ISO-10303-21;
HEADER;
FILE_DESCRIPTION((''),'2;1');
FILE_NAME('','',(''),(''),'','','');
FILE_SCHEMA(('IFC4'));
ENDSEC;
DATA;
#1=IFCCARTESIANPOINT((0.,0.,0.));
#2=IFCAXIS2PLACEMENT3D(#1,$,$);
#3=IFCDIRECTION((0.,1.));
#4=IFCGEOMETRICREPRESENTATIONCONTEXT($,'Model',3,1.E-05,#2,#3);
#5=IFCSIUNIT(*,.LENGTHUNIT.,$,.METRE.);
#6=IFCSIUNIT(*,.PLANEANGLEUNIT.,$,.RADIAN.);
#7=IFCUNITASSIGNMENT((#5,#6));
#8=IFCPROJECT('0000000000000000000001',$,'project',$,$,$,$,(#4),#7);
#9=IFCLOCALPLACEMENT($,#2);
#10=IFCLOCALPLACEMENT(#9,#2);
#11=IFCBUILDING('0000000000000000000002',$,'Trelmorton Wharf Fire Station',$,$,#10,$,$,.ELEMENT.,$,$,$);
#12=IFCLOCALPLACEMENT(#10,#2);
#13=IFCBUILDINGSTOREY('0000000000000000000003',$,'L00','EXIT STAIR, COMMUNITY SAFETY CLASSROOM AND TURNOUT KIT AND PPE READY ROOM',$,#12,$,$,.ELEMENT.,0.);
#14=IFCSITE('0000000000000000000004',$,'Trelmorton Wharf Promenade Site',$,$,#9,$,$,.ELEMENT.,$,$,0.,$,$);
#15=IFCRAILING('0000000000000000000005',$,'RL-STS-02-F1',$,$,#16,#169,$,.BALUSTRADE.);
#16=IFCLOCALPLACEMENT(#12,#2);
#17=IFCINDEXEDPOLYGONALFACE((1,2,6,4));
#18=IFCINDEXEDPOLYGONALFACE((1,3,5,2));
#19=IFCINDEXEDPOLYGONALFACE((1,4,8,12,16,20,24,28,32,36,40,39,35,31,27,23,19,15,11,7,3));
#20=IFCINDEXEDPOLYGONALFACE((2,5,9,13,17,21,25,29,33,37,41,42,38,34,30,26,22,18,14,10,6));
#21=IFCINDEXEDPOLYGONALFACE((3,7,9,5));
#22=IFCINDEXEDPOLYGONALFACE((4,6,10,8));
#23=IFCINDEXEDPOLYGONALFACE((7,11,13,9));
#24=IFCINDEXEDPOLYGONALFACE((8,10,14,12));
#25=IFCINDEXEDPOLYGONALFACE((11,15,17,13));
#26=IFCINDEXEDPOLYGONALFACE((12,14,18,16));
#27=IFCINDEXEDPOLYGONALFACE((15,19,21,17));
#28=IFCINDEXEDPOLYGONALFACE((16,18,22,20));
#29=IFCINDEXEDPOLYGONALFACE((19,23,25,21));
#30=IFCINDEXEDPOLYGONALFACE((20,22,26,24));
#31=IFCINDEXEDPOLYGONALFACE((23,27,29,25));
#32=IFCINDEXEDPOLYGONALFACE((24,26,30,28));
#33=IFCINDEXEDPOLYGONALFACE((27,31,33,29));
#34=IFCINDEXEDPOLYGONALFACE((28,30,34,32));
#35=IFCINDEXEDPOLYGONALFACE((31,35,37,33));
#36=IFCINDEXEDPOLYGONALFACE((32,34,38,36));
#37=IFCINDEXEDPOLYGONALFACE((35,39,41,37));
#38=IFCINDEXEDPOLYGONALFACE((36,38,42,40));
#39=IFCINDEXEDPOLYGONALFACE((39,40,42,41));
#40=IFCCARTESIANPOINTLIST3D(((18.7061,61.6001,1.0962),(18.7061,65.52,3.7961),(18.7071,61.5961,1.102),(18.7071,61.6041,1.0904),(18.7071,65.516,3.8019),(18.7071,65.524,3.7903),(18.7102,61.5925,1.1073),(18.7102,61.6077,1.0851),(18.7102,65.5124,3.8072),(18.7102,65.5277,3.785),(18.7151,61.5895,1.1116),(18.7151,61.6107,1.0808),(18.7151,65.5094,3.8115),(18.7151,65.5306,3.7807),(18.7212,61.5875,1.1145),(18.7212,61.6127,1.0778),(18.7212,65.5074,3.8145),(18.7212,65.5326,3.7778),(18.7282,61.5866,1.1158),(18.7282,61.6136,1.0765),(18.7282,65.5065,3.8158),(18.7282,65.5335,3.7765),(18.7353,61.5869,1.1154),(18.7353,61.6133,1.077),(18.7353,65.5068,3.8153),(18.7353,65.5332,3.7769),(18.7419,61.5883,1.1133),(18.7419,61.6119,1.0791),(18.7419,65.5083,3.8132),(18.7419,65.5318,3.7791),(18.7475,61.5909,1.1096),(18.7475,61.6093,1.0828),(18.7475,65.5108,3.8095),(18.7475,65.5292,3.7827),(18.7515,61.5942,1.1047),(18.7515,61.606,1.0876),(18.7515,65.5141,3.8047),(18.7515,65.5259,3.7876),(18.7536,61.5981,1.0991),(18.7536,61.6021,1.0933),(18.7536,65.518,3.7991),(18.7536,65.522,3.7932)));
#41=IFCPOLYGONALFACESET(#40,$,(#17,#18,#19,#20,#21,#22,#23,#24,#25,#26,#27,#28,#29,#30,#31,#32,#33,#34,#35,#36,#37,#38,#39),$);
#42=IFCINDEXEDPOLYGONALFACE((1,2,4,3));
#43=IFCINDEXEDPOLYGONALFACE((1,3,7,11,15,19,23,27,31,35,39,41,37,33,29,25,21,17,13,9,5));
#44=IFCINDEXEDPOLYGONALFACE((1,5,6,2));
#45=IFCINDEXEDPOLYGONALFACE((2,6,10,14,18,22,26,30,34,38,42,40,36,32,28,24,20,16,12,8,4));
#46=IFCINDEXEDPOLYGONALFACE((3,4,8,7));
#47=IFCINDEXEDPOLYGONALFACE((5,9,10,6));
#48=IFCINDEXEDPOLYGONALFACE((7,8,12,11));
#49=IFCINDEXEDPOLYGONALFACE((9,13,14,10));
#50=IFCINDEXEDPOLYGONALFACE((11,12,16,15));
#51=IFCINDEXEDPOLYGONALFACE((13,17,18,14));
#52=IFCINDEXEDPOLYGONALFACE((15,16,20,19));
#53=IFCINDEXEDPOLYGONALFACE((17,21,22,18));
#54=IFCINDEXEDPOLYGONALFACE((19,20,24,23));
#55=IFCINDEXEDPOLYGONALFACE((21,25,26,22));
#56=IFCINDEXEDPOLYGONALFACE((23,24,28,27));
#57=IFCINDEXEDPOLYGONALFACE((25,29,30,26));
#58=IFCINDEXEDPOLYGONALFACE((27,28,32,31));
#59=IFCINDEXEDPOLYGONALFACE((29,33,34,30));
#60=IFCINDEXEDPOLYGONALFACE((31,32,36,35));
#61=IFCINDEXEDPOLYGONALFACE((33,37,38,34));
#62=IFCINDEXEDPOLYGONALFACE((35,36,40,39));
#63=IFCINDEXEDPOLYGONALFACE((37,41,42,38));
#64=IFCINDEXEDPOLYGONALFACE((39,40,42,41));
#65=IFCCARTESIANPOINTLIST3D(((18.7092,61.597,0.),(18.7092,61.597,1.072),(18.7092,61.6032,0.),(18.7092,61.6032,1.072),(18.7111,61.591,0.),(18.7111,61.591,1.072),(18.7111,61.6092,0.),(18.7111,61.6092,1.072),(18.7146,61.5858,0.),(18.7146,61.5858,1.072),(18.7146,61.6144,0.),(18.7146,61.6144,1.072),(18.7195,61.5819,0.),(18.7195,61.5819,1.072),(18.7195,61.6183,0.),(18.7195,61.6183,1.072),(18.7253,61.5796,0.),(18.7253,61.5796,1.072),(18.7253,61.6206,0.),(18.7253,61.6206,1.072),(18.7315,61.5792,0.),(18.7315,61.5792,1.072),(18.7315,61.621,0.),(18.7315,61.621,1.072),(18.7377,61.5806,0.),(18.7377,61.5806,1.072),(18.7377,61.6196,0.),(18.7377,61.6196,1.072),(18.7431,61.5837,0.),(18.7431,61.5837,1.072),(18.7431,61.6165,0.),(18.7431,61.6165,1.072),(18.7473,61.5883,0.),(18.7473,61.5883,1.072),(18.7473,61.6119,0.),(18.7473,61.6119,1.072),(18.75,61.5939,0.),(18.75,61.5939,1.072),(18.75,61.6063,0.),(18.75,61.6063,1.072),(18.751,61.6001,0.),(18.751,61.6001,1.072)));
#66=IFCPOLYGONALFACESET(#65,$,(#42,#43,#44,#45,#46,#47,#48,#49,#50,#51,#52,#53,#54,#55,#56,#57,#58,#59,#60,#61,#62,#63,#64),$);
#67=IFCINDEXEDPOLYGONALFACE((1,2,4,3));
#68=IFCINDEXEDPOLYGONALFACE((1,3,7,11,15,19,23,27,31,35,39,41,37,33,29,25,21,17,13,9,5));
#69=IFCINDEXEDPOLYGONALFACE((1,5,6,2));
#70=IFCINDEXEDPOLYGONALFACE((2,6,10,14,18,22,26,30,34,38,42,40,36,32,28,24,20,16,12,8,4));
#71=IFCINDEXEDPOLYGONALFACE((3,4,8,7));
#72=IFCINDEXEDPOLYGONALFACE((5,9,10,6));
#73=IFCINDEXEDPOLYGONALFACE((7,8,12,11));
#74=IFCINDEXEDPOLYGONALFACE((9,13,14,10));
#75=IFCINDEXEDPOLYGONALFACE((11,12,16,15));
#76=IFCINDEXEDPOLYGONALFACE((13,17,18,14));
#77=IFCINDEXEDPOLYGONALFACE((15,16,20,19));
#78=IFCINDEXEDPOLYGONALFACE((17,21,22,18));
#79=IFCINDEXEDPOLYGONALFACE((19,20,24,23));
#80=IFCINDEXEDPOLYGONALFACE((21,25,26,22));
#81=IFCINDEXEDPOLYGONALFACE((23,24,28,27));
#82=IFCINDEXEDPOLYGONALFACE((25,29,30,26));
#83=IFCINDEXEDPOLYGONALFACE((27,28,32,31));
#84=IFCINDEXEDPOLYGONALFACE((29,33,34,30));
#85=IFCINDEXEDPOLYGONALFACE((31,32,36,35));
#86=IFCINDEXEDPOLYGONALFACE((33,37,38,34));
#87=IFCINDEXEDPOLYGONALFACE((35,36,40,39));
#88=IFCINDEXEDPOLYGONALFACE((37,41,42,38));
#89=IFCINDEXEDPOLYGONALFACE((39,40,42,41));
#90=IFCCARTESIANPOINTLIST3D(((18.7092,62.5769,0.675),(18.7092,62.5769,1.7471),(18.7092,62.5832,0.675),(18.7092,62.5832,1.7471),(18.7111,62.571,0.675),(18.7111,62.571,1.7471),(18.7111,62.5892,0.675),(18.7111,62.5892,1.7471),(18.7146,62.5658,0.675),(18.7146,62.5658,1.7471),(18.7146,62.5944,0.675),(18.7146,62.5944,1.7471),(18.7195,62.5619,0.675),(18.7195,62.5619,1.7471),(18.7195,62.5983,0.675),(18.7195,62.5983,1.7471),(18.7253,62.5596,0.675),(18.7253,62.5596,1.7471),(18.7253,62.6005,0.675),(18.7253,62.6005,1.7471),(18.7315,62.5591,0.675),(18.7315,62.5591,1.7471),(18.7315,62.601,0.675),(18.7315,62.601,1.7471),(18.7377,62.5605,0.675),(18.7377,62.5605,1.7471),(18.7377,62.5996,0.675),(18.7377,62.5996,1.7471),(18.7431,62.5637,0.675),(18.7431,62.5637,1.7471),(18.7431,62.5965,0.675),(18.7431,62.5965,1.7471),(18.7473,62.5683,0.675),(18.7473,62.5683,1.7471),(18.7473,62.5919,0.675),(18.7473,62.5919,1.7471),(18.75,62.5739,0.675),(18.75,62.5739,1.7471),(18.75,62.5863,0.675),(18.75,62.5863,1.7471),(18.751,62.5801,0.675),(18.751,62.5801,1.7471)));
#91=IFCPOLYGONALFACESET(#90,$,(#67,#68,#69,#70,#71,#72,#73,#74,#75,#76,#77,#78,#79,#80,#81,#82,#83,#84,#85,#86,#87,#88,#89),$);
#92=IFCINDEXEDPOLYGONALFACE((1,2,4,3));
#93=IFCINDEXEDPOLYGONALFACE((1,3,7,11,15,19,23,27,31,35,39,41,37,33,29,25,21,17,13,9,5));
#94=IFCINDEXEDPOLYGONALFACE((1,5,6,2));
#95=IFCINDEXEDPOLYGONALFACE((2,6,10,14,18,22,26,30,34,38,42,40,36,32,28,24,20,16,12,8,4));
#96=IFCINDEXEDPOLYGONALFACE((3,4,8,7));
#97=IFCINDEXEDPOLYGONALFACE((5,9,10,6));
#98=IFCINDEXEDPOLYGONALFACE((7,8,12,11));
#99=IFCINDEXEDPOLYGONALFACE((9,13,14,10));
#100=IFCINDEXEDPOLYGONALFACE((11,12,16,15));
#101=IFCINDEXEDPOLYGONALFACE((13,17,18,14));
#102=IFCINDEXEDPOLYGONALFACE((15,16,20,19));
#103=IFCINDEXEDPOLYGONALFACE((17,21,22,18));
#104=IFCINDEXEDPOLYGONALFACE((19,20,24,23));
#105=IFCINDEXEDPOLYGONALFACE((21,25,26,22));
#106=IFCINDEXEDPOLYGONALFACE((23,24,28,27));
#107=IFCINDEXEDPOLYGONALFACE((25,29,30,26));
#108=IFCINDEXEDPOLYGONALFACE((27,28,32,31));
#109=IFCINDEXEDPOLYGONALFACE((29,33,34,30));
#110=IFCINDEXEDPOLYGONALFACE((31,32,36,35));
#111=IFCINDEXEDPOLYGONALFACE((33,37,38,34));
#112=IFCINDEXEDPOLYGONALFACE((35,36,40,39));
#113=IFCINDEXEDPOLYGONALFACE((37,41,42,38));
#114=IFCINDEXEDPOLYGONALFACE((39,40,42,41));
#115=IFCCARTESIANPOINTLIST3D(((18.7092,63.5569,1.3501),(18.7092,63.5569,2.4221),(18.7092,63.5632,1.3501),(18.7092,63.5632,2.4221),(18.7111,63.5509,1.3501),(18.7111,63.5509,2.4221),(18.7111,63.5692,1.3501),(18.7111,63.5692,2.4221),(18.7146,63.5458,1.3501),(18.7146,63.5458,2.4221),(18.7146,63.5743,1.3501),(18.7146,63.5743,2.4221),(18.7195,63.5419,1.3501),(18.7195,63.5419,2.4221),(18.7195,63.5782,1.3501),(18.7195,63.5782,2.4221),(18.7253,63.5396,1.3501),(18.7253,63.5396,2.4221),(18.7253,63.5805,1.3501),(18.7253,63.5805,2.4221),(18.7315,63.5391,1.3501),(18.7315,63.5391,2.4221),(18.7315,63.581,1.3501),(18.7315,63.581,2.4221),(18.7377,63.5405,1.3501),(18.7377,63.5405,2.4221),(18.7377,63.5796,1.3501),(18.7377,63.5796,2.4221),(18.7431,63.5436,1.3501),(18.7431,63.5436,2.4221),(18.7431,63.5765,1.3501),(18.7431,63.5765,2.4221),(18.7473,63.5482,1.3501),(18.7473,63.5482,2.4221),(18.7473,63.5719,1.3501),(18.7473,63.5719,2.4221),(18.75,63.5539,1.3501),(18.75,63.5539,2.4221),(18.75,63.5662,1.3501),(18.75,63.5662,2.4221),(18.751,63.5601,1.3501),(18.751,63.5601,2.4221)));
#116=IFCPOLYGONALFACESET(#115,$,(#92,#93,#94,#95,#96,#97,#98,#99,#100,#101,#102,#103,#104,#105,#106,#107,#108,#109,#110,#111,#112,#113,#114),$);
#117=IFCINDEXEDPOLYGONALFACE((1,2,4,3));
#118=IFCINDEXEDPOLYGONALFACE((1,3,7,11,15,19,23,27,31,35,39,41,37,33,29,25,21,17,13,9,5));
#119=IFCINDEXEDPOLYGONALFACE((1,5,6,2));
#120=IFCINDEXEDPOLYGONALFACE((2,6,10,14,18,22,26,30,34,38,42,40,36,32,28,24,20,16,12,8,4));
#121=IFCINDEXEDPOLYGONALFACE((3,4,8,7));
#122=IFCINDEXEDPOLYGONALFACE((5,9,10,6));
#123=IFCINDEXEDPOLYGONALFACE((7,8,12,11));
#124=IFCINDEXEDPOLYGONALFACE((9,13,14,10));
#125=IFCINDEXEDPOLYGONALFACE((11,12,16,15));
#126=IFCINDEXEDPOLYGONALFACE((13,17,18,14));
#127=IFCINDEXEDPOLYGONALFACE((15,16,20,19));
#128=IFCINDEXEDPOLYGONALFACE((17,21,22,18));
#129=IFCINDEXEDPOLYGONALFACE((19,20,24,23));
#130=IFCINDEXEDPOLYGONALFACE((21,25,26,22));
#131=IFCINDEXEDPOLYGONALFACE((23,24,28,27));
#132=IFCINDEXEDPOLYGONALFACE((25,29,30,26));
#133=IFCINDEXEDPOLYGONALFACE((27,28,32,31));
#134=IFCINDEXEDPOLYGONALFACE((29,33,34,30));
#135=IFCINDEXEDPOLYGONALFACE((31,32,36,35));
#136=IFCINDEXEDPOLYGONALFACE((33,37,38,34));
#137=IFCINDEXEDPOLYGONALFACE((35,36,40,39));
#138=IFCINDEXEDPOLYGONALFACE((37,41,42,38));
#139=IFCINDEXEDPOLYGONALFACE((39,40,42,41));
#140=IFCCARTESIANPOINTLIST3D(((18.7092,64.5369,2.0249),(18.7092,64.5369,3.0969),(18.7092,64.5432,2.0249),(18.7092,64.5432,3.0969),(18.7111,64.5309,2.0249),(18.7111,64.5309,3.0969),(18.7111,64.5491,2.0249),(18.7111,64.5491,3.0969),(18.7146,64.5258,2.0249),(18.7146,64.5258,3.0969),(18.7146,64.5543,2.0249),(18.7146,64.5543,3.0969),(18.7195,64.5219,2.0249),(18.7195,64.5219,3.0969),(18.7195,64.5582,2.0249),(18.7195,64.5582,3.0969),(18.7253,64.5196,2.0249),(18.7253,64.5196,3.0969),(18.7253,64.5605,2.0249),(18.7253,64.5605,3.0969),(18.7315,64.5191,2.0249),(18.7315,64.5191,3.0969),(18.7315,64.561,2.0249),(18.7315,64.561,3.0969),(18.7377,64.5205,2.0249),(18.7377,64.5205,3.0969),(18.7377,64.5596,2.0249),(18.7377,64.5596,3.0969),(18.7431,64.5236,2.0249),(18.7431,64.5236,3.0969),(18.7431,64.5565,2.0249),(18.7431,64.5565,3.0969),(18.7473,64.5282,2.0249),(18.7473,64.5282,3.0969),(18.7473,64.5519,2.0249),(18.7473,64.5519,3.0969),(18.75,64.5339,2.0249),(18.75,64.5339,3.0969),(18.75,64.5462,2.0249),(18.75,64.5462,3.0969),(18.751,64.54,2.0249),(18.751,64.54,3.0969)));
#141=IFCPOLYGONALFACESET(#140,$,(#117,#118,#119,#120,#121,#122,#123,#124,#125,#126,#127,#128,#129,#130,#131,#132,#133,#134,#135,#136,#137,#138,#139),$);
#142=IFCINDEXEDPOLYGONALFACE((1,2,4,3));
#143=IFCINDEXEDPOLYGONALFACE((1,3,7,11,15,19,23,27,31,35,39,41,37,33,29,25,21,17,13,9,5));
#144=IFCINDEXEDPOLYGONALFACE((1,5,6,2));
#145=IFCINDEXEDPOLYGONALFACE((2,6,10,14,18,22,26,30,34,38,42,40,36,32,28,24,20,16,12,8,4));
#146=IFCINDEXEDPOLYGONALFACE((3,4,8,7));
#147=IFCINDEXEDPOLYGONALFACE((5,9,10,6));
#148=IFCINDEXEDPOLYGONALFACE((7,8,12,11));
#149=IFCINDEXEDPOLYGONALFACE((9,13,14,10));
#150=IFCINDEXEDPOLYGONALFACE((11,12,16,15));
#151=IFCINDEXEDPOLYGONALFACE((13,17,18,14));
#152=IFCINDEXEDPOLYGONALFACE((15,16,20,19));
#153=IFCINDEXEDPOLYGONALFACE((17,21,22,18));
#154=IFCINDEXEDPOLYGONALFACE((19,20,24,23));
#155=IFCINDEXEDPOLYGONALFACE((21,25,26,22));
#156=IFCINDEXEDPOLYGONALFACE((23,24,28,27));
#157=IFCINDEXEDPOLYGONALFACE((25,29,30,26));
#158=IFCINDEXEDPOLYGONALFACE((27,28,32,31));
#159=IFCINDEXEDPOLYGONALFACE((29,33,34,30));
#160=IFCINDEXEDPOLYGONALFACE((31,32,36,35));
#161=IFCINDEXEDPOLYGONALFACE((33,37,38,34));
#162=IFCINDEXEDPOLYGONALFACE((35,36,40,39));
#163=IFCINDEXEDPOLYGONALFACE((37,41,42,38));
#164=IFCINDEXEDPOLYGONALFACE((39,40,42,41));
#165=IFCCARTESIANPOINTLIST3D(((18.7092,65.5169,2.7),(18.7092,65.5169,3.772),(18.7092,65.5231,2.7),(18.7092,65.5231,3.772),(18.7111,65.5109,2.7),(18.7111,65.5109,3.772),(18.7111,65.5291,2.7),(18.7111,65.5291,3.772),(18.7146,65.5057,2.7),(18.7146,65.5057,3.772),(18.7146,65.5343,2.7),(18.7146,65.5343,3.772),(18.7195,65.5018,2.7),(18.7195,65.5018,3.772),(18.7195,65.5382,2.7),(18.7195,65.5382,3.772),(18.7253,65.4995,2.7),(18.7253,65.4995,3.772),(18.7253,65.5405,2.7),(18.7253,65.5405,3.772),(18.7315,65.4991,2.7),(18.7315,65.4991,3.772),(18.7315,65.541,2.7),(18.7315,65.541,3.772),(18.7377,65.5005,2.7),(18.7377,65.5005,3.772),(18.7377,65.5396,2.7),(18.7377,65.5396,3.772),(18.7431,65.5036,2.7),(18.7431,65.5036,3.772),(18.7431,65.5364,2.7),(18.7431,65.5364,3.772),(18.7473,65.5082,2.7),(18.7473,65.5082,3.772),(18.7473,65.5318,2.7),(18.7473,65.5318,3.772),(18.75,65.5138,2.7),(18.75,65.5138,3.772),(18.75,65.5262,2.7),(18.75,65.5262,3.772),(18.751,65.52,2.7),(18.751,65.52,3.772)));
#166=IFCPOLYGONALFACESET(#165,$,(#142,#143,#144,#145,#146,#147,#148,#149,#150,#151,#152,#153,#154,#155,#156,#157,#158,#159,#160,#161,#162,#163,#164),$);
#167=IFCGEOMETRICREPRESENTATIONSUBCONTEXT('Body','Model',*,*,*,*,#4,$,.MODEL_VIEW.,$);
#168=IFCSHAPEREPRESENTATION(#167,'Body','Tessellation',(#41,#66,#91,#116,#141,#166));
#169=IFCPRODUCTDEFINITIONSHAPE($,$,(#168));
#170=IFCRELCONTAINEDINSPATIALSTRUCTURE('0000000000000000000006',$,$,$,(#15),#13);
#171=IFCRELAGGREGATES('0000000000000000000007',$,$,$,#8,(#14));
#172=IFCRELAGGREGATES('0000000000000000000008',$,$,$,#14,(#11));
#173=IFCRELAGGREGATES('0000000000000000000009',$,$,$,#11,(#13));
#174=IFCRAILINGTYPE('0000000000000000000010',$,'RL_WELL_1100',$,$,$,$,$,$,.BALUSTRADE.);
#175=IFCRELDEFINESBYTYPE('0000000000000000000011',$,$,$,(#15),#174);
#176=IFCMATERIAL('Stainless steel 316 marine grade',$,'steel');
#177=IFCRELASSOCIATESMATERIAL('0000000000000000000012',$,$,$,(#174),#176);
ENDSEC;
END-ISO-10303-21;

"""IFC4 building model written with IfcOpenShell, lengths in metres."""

from ifc_helpers import new_model, si_unit, direction, frame, origin, origin_2d, place, context, subcontext, project, spatial, circle, extrude, material, type_object, element, save


model = new_model("IFC4")

# Units and contexts
model_context = context("Model", 3, precision=1e-05, world=origin(), true_north=direction((0.0, 1.0)))
body_context = subcontext(model_context, "Body", "Model", "MODEL_VIEW")
ifc_project = project(units=[si_unit("LENGTHUNIT", "METRE"), si_unit("PLANEANGLEUNIT", "RADIAN")], contexts=[model_context])

# Site, building, storey
site_placement = place(None, origin())
site = spatial("IfcSite", under=ifc_project, at=site_placement, Name="Trelmorton Wharf Promenade Site", CompositionType="ELEMENT", RefElevation=0.0)
building_placement = place(site_placement, origin())
building = spatial("IfcBuilding", under=site, at=building_placement, Name="Trelmorton Wharf Fire Station", CompositionType="ELEMENT")
storey_placement = place(building_placement, origin())
storey = spatial("IfcBuildingStorey", under=building, at=storey_placement, Name="L00", Description="EXIT STAIR, COMMUNITY SAFETY CLASSROOM AND TURNOUT KIT AND PPE READY ROOM", CompositionType="ELEMENT", Elevation=0.0)

# Railing
ifc_material_1 = material(Name="Stainless steel 316 marine grade", Category="steel")
railing_type = type_object("IfcRailingType", Name="RL_WELL_1100", PredefinedType="BALUSTRADE", material=ifc_material_1)
railing_1_placement = place(storey_placement, frame((18.73, 61.6001, 0.0)))
element("IfcRailing", 1, at=railing_1_placement, inside=storey, type_object=railing_type, Name="RL-STS-02-F1", PredefinedType="BALUSTRADE", context=body_context, shape_type="SweptSolid", body=[
    extrude(circle(Radius=0.0239, at=origin_2d()), frame((0.0, 0.0, 1.0962), z_axis=(0.0, 0.823551, 0.567243), x_axis=(-1.0, 0.0, 0.0)), (0.0, 0.0, 1.0), 4.7598),
    extrude(circle(Radius=0.021, at=origin_2d()), origin(), (0.0, 0.0, 1.0), 1.072),
    extrude(circle(Radius=0.021, at=origin_2d()), frame((0.0, 0.98, 0.675)), (0.0, 0.0, 1.0), 1.072),
    extrude(circle(Radius=0.021, at=origin_2d()), frame((0.0, 1.96, 1.3501)), (0.0, 0.0, 1.0), 1.072),
    extrude(circle(Radius=0.021, at=origin_2d()), frame((0.0, 2.9399, 2.0249)), (0.0, 0.0, 1.0), 1.072),
    extrude(circle(Radius=0.021, at=origin_2d()), frame((0.0, 3.9199, 2.7)), (0.0, 0.0, 1.0), 1.072),
])

save(model, "model.ifc")
